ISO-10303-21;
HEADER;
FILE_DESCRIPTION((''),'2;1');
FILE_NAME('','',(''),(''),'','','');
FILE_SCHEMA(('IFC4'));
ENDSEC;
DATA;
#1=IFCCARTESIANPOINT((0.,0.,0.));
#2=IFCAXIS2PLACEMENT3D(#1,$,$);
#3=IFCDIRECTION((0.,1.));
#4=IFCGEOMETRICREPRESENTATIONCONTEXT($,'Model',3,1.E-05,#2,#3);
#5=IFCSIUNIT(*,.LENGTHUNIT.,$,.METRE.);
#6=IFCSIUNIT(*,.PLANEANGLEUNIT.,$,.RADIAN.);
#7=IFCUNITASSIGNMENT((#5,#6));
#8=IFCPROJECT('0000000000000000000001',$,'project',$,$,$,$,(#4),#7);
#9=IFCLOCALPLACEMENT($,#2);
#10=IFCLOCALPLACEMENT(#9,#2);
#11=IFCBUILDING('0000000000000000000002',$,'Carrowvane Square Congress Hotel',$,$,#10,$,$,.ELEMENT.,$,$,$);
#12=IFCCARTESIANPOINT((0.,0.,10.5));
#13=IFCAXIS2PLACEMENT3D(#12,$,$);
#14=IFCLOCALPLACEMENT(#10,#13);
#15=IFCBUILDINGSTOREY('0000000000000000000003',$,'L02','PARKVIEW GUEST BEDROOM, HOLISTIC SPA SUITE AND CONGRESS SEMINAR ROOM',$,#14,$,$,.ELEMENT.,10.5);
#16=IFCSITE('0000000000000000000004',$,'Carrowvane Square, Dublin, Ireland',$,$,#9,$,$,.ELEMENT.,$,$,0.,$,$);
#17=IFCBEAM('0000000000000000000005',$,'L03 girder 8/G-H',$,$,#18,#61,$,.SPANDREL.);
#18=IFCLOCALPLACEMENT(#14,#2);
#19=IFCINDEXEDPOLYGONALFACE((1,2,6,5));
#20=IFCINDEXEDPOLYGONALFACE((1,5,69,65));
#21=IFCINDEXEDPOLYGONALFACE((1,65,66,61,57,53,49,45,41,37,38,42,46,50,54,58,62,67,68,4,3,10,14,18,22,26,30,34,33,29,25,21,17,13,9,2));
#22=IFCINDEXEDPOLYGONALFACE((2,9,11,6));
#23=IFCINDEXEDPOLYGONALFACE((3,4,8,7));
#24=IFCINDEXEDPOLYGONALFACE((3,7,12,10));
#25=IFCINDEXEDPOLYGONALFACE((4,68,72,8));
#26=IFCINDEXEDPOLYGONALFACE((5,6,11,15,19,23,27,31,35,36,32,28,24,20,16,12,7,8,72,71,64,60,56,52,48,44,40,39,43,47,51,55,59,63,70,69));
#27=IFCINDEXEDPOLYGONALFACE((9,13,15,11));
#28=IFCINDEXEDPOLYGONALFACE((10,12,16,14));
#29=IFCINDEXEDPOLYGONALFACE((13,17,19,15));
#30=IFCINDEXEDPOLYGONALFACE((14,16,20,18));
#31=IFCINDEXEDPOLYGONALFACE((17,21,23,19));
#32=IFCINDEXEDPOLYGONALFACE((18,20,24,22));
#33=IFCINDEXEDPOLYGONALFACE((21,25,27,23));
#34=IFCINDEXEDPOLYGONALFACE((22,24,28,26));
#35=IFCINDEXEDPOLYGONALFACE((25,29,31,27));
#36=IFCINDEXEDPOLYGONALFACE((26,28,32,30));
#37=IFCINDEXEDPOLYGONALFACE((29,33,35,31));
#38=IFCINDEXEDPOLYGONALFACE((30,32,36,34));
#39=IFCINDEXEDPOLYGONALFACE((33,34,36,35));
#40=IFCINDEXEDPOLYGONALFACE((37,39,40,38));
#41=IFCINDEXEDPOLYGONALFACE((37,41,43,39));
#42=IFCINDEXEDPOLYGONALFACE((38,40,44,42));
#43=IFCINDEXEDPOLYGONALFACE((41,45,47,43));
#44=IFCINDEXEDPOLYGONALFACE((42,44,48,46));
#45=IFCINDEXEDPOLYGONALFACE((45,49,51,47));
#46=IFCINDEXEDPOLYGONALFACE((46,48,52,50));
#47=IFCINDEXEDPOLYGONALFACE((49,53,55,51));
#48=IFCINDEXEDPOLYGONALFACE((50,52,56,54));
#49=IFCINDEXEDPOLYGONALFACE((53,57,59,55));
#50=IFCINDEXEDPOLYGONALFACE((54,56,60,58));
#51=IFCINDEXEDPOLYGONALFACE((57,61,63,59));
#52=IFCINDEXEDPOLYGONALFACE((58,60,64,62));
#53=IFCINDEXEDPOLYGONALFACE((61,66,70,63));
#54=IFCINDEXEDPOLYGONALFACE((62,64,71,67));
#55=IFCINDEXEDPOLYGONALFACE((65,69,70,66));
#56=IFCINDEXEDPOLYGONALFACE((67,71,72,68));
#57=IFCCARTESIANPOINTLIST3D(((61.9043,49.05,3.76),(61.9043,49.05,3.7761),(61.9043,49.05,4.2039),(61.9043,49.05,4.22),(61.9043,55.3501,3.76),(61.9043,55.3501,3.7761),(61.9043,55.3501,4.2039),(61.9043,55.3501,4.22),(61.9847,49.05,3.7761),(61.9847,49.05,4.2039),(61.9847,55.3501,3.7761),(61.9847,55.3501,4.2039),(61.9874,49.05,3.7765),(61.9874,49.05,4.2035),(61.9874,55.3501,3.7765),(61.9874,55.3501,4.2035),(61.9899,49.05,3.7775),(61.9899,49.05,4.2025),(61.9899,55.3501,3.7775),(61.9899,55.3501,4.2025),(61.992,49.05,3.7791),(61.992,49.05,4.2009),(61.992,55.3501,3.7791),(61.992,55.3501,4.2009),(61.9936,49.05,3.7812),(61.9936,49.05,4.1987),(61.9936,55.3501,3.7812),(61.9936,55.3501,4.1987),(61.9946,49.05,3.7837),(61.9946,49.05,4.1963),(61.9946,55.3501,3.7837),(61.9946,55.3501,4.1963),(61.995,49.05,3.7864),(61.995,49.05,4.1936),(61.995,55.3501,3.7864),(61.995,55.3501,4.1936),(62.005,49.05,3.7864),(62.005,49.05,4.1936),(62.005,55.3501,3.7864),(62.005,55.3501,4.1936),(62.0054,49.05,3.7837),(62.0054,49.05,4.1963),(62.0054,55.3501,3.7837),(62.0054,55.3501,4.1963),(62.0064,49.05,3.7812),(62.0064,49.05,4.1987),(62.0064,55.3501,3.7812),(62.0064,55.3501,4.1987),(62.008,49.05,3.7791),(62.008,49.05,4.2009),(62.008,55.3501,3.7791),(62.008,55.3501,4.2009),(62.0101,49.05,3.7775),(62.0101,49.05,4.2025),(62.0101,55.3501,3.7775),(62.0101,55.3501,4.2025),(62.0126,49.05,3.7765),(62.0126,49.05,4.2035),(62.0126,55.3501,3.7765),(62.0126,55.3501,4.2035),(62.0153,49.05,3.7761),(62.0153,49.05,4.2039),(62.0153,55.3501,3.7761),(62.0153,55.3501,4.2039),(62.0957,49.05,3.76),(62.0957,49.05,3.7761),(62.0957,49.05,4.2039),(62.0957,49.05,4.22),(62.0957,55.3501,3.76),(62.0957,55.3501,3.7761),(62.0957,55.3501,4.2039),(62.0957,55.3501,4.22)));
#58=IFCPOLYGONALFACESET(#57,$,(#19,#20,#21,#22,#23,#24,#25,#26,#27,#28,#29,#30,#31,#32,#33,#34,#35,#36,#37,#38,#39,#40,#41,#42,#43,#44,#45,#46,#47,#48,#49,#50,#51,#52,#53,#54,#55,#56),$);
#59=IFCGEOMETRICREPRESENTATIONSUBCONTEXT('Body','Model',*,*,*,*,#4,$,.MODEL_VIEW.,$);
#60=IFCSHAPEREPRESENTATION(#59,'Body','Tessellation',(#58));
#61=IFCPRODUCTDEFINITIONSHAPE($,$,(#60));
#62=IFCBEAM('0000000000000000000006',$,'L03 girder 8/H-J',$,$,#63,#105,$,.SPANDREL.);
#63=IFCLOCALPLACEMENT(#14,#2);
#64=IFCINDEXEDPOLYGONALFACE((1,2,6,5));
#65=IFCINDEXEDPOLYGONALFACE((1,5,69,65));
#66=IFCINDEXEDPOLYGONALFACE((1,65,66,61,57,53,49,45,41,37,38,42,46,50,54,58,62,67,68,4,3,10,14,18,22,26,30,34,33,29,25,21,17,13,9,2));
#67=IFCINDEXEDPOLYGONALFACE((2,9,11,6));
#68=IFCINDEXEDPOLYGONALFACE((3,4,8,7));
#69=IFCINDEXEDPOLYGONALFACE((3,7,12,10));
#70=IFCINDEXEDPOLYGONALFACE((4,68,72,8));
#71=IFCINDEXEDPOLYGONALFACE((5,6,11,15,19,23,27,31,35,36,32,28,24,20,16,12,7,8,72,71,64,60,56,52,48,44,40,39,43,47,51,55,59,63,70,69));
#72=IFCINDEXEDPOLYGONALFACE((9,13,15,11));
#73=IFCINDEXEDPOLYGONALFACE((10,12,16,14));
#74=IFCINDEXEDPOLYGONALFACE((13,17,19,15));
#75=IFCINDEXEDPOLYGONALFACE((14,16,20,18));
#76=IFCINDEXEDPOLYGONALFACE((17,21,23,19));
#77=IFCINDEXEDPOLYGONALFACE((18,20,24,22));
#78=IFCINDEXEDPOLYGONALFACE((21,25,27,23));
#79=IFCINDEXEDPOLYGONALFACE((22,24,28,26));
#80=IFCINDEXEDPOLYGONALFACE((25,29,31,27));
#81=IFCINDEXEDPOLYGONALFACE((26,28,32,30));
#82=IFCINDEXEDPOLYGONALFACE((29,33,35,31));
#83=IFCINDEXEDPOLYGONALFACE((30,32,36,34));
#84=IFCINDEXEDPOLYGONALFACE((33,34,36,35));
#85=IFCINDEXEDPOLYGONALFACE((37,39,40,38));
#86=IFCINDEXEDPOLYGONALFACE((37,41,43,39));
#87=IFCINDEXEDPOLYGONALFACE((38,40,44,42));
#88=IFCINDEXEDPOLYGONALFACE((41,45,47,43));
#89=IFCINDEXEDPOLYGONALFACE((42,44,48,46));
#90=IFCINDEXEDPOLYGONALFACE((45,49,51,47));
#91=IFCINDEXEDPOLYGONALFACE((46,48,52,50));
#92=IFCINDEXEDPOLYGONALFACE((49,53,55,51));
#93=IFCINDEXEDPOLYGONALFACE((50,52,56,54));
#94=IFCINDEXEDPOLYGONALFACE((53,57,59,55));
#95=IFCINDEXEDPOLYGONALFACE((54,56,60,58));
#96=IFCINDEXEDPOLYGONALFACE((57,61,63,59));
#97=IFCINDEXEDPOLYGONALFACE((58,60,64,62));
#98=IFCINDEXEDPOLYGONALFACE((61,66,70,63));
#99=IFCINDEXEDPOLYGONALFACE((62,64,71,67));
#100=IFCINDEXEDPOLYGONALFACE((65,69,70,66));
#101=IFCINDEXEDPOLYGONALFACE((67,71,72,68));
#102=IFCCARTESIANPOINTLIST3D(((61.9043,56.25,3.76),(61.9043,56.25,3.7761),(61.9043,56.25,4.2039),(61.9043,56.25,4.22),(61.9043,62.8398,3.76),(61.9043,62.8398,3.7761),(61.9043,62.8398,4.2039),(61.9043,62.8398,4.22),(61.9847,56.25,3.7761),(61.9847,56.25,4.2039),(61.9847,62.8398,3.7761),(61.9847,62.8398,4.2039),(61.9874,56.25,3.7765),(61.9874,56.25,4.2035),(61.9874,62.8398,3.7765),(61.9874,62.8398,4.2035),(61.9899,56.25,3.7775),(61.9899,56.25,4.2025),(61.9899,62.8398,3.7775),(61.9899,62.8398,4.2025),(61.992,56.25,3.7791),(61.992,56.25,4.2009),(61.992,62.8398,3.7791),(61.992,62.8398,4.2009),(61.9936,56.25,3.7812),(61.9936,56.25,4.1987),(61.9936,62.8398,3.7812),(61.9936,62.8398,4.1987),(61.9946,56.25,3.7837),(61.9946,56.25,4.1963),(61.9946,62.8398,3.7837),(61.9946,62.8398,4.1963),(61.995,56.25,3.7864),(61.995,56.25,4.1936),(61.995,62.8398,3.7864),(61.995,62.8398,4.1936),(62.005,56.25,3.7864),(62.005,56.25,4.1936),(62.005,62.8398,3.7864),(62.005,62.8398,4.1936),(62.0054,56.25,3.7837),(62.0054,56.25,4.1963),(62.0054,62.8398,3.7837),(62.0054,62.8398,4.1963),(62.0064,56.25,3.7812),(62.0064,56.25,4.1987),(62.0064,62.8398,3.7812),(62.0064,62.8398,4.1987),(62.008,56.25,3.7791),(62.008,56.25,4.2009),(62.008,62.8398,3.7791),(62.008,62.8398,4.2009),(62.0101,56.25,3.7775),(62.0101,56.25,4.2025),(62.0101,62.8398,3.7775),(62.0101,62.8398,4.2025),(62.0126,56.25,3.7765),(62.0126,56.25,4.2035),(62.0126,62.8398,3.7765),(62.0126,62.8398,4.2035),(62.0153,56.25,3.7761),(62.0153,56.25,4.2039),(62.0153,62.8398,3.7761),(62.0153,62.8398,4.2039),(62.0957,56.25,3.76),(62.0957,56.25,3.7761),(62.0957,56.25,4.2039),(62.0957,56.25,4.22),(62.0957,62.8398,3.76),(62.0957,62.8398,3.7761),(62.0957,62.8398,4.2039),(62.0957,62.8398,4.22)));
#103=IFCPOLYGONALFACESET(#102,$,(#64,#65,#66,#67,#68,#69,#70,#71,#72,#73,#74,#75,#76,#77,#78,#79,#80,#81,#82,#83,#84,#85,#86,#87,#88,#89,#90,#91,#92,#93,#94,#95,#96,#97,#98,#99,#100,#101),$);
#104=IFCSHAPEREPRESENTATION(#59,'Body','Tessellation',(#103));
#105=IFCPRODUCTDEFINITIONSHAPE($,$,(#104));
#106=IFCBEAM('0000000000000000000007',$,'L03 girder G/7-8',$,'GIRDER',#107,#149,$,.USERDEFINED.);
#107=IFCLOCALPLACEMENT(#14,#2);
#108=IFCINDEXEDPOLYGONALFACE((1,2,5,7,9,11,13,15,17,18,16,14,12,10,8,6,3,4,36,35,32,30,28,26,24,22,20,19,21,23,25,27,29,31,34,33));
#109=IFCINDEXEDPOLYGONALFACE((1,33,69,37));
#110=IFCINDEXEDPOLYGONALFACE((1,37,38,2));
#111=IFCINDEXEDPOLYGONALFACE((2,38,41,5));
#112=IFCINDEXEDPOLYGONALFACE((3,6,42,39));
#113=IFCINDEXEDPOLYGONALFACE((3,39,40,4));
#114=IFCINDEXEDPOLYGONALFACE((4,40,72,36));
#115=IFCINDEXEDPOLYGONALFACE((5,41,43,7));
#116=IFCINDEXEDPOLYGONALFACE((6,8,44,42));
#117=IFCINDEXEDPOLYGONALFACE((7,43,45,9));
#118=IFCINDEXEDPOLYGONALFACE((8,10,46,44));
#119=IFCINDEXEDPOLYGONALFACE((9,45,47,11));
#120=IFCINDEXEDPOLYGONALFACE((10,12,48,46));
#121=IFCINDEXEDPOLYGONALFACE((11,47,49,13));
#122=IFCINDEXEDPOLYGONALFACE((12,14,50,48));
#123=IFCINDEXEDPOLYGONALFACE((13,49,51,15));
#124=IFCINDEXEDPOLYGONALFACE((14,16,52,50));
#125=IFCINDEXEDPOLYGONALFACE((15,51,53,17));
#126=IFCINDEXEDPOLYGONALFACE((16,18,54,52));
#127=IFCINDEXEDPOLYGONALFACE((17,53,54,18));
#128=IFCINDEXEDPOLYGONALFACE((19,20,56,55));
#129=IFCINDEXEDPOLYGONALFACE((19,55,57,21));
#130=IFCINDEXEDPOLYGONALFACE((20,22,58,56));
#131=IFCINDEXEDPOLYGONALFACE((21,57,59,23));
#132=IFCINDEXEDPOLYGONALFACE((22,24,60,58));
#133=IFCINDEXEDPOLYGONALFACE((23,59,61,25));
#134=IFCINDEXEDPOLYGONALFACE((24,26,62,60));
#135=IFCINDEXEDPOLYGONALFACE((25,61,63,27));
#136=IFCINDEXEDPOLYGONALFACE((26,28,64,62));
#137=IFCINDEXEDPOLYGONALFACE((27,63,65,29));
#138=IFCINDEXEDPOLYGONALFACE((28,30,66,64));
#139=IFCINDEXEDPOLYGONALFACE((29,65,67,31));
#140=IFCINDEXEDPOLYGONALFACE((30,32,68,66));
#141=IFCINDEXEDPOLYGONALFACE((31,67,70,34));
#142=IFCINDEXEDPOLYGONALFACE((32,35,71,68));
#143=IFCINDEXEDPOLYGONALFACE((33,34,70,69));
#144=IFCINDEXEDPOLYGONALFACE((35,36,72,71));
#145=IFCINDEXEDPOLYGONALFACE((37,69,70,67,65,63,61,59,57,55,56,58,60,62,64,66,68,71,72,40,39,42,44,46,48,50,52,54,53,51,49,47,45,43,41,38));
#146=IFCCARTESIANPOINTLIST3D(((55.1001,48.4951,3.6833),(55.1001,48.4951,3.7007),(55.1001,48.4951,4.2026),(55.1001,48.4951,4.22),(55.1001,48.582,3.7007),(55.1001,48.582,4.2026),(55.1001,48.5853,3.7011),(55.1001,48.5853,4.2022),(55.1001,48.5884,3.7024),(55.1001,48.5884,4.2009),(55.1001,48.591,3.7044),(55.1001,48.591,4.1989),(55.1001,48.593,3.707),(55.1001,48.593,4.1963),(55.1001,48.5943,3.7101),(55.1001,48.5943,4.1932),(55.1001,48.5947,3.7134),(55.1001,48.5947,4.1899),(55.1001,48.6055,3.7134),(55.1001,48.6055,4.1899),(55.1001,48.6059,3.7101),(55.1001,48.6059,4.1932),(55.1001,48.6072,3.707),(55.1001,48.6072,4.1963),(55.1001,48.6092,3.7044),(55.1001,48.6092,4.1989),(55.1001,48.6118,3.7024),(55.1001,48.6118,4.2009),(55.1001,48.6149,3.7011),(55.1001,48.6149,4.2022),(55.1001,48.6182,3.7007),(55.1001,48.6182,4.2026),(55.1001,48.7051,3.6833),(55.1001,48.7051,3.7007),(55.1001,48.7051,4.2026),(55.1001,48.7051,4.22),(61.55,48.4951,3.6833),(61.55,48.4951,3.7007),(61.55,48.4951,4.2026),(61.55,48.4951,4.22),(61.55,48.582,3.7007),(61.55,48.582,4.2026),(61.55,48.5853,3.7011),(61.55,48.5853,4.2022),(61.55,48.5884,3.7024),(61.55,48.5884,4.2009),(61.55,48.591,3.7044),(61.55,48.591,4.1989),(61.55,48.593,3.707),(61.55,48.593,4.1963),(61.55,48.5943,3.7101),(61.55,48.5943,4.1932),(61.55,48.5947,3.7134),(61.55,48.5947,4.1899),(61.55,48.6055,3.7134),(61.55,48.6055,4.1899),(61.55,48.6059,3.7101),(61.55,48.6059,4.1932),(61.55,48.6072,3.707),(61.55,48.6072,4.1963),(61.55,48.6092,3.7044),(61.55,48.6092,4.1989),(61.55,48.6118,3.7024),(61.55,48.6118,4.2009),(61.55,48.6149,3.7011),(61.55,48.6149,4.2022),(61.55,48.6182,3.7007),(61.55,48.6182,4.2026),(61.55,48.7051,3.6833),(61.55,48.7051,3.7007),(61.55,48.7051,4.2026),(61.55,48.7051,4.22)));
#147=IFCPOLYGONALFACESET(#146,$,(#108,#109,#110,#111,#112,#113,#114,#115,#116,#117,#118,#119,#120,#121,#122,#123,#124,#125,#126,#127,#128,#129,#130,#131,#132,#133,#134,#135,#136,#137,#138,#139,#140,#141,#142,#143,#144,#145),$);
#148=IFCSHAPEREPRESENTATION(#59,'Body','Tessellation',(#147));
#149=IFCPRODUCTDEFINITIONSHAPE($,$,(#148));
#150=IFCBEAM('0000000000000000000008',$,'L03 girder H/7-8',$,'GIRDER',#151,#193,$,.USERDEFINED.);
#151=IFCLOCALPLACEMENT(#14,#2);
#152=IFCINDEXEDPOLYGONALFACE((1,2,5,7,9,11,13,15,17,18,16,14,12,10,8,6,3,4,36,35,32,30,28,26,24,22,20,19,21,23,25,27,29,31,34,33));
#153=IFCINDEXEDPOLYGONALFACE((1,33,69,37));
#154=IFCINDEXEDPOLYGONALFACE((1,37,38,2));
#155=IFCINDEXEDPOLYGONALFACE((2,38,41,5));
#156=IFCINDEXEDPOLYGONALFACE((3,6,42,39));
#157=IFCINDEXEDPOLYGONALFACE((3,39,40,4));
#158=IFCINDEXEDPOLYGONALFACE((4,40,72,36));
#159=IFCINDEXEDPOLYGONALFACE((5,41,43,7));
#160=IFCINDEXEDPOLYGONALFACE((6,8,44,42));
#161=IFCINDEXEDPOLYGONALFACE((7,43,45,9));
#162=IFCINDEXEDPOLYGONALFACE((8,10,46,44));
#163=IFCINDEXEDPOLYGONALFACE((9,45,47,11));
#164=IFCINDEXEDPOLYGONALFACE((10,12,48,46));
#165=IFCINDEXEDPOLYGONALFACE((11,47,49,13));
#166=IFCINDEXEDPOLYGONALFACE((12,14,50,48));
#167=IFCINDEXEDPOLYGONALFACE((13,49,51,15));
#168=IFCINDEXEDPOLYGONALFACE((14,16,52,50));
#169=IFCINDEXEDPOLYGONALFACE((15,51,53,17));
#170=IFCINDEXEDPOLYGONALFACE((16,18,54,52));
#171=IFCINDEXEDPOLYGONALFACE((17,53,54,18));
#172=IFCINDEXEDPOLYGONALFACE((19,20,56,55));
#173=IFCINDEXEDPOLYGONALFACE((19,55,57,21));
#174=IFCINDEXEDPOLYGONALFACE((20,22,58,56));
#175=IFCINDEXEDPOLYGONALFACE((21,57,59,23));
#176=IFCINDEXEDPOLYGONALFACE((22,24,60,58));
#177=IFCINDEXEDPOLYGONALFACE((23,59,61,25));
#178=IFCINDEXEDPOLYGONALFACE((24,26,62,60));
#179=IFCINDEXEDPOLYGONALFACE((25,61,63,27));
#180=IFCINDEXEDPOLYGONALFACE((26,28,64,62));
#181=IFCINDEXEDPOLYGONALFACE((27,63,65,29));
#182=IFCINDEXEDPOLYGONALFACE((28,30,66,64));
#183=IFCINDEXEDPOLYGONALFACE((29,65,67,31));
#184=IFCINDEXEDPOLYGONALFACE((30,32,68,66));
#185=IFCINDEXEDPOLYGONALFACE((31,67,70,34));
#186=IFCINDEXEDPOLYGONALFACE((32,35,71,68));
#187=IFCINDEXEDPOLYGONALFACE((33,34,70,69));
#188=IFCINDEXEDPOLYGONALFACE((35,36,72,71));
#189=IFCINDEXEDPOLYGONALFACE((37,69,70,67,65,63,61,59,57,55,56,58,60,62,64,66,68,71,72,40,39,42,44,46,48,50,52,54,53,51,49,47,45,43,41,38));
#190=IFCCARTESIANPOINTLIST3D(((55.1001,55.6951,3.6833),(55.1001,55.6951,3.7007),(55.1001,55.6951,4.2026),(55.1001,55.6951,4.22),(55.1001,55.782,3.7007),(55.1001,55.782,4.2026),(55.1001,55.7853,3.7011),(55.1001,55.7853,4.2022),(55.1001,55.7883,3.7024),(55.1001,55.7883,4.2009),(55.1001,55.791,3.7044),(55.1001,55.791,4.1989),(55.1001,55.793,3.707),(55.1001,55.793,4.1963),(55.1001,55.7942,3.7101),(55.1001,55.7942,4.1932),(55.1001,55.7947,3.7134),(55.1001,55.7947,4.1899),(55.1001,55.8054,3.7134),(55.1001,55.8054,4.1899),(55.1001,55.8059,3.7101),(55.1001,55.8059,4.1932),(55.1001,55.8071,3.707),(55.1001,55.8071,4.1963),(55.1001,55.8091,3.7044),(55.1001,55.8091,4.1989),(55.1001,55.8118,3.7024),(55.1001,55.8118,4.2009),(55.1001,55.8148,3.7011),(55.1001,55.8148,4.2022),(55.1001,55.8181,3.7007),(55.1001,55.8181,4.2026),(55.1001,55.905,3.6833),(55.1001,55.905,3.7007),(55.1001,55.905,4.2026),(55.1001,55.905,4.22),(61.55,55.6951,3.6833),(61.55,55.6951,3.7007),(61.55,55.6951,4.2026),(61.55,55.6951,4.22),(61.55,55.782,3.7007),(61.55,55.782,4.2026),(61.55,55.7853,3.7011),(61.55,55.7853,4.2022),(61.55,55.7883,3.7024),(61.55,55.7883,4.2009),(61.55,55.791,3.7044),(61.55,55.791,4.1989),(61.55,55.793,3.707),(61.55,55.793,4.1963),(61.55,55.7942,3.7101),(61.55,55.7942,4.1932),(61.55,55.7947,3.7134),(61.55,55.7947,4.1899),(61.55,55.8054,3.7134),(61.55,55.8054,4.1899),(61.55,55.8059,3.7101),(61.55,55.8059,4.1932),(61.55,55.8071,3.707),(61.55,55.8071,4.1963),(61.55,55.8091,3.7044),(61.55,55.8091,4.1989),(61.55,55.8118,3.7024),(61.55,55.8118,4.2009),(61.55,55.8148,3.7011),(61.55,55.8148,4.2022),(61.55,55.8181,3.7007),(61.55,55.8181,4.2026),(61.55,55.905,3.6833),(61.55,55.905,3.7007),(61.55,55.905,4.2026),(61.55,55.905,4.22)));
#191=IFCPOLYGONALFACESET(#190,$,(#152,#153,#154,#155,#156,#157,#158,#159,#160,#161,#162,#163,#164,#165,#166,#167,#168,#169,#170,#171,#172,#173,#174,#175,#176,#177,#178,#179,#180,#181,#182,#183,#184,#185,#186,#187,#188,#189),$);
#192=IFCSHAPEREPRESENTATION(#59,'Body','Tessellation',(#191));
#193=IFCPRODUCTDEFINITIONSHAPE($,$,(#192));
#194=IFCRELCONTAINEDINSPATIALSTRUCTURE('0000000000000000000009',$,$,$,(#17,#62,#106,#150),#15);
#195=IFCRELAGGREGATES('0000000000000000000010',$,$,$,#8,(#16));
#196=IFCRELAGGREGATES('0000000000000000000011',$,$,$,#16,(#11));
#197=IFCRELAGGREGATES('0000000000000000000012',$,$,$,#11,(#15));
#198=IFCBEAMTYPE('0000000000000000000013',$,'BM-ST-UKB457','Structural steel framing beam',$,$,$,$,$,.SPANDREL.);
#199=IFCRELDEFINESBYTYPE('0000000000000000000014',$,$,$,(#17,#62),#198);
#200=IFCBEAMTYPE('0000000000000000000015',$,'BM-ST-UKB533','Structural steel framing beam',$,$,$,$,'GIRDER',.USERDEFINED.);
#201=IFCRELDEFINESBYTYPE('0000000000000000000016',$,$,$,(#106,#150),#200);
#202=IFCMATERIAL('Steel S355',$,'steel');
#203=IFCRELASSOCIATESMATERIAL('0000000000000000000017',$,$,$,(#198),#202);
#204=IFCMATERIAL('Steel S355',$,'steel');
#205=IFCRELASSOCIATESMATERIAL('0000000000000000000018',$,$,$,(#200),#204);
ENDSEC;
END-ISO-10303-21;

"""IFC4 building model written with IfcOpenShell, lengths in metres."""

from ifc_helpers import new_model, si_unit, direction, frame, origin, origin_2d, place, context, subcontext, project, spatial, i_section, extrude, material, material_profile, profile_set, type_object, element, save


model = new_model("IFC4")

# Units and contexts
model_context = context("Model", 3, precision=1e-05, world=origin(), true_north=direction((0.0, 1.0)))
body_context = subcontext(model_context, "Body", "Model", "MODEL_VIEW")
ifc_project = project(units=[si_unit("LENGTHUNIT", "METRE"), si_unit("PLANEANGLEUNIT", "RADIAN")], contexts=[model_context])

# Site, building, storey
site_placement = place(None, origin())
site = spatial("IfcSite", under=ifc_project, at=site_placement, Name="Carrowvane Square, Dublin, Ireland", CompositionType="ELEMENT", RefElevation=0.0)
building_placement = place(site_placement, origin())
building = spatial("IfcBuilding", under=site, at=building_placement, Name="Carrowvane Square Congress Hotel", CompositionType="ELEMENT")
storey_placement = place(building_placement, frame((0.0, 0.0, 10.5)))
storey = spatial("IfcBuildingStorey", under=building, at=storey_placement, Name="L02", Description="PARKVIEW GUEST BEDROOM, HOLISTIC SPA SUITE AND CONGRESS SEMINAR ROOM", CompositionType="ELEMENT", Elevation=10.5)

# Beams
ifc_material_1 = material(Name="Steel S355", Category="steel")
ifc_material_profile_1 = material_profile(ifc_material_1, i_section(OverallWidth=0.1914, OverallDepth=0.46, WebThickness=0.01, FlangeThickness=0.0161, FilletRadius=0.0103, at=origin_2d()), Name="UKB 457x191x82")
ifc_profile_set_1 = profile_set([ifc_material_profile_1], Name="Steel S355")
beam_type_1 = type_object("IfcBeamType", Name="BM-ST-UKB457", Description="Structural steel framing beam", PredefinedType="SPANDREL", material=ifc_profile_set_1)
beam_1_placement = place(storey_placement, frame((62.0, 49.05, 3.99), z_axis=(0.0, 1.0, 0.0), x_axis=(-1.0, 0.0, 0.0)))
element("IfcBeam", 1, at=beam_1_placement, inside=storey, type_object=beam_type_1, Name="L03 girder 8/G-H", PredefinedType="SPANDREL", context=body_context, shape_type="SweptSolid", body=[
    extrude(i_section(OverallWidth=0.1914, OverallDepth=0.46, WebThickness=0.01, FlangeThickness=0.0161, FilletRadius=0.0103, at=origin_2d()), origin(), (0.0, 0.0, 1.0), 6.3),
])
beam_2_placement = place(storey_placement, frame((62.0, 56.25, 3.99), z_axis=(0.0, 1.0, 0.0), x_axis=(-1.0, 0.0, 0.0)))
element("IfcBeam", 2, at=beam_2_placement, inside=storey, type_object=beam_type_1, Name="L03 girder 8/H-J", PredefinedType="SPANDREL", context=body_context, shape_type="SweptSolid", body=[
    extrude(i_section(OverallWidth=0.1914, OverallDepth=0.46, WebThickness=0.01, FlangeThickness=0.0161, FilletRadius=0.0103, at=origin_2d()), origin(), (0.0, 0.0, 1.0), 6.5898),
])
ifc_material_2 = material(Name="Steel S355", Category="steel")
ifc_material_profile_2 = material_profile(ifc_material_2, i_section(OverallWidth=0.21, OverallDepth=0.5366, WebThickness=0.0107, FlangeThickness=0.0173, FilletRadius=0.0127, at=origin_2d()), Name="UKB 533x210x101")
ifc_profile_set_2 = profile_set([ifc_material_profile_2], Name="Steel S355")
beam_type_2 = type_object("IfcBeamType", Name="BM-ST-UKB533", Description="Structural steel framing beam", ElementType="GIRDER", PredefinedType="USERDEFINED", material=ifc_profile_set_2)
for number, where, z_axis, x_axis, name in (
    (3, (55.1001, 48.6001, 3.9517), (1.0, 0.0, 0.0), (0.0, 1.0, 0.0), "L03 girder G/7-8"),
    (4, (55.1001, 55.8, 3.9517), (1.0, 0.0, 0.0), (0.0, 1.0, 0.0), "L03 girder H/7-8"),
):
    element("IfcBeam", number, at=place(storey_placement, frame(where, z_axis=z_axis, x_axis=x_axis)), inside=storey, type_object=beam_type_2, Name=name, ObjectType="GIRDER", PredefinedType="USERDEFINED", context=body_context, shape_type="SweptSolid", body=[
        extrude(i_section(OverallWidth=0.21, OverallDepth=0.5366, WebThickness=0.0107, FlangeThickness=0.0173, FilletRadius=0.0127, at=origin_2d()), origin(), (0.0, 0.0, 1.0), 6.45),
    ])

save(model, "model.ifc")
